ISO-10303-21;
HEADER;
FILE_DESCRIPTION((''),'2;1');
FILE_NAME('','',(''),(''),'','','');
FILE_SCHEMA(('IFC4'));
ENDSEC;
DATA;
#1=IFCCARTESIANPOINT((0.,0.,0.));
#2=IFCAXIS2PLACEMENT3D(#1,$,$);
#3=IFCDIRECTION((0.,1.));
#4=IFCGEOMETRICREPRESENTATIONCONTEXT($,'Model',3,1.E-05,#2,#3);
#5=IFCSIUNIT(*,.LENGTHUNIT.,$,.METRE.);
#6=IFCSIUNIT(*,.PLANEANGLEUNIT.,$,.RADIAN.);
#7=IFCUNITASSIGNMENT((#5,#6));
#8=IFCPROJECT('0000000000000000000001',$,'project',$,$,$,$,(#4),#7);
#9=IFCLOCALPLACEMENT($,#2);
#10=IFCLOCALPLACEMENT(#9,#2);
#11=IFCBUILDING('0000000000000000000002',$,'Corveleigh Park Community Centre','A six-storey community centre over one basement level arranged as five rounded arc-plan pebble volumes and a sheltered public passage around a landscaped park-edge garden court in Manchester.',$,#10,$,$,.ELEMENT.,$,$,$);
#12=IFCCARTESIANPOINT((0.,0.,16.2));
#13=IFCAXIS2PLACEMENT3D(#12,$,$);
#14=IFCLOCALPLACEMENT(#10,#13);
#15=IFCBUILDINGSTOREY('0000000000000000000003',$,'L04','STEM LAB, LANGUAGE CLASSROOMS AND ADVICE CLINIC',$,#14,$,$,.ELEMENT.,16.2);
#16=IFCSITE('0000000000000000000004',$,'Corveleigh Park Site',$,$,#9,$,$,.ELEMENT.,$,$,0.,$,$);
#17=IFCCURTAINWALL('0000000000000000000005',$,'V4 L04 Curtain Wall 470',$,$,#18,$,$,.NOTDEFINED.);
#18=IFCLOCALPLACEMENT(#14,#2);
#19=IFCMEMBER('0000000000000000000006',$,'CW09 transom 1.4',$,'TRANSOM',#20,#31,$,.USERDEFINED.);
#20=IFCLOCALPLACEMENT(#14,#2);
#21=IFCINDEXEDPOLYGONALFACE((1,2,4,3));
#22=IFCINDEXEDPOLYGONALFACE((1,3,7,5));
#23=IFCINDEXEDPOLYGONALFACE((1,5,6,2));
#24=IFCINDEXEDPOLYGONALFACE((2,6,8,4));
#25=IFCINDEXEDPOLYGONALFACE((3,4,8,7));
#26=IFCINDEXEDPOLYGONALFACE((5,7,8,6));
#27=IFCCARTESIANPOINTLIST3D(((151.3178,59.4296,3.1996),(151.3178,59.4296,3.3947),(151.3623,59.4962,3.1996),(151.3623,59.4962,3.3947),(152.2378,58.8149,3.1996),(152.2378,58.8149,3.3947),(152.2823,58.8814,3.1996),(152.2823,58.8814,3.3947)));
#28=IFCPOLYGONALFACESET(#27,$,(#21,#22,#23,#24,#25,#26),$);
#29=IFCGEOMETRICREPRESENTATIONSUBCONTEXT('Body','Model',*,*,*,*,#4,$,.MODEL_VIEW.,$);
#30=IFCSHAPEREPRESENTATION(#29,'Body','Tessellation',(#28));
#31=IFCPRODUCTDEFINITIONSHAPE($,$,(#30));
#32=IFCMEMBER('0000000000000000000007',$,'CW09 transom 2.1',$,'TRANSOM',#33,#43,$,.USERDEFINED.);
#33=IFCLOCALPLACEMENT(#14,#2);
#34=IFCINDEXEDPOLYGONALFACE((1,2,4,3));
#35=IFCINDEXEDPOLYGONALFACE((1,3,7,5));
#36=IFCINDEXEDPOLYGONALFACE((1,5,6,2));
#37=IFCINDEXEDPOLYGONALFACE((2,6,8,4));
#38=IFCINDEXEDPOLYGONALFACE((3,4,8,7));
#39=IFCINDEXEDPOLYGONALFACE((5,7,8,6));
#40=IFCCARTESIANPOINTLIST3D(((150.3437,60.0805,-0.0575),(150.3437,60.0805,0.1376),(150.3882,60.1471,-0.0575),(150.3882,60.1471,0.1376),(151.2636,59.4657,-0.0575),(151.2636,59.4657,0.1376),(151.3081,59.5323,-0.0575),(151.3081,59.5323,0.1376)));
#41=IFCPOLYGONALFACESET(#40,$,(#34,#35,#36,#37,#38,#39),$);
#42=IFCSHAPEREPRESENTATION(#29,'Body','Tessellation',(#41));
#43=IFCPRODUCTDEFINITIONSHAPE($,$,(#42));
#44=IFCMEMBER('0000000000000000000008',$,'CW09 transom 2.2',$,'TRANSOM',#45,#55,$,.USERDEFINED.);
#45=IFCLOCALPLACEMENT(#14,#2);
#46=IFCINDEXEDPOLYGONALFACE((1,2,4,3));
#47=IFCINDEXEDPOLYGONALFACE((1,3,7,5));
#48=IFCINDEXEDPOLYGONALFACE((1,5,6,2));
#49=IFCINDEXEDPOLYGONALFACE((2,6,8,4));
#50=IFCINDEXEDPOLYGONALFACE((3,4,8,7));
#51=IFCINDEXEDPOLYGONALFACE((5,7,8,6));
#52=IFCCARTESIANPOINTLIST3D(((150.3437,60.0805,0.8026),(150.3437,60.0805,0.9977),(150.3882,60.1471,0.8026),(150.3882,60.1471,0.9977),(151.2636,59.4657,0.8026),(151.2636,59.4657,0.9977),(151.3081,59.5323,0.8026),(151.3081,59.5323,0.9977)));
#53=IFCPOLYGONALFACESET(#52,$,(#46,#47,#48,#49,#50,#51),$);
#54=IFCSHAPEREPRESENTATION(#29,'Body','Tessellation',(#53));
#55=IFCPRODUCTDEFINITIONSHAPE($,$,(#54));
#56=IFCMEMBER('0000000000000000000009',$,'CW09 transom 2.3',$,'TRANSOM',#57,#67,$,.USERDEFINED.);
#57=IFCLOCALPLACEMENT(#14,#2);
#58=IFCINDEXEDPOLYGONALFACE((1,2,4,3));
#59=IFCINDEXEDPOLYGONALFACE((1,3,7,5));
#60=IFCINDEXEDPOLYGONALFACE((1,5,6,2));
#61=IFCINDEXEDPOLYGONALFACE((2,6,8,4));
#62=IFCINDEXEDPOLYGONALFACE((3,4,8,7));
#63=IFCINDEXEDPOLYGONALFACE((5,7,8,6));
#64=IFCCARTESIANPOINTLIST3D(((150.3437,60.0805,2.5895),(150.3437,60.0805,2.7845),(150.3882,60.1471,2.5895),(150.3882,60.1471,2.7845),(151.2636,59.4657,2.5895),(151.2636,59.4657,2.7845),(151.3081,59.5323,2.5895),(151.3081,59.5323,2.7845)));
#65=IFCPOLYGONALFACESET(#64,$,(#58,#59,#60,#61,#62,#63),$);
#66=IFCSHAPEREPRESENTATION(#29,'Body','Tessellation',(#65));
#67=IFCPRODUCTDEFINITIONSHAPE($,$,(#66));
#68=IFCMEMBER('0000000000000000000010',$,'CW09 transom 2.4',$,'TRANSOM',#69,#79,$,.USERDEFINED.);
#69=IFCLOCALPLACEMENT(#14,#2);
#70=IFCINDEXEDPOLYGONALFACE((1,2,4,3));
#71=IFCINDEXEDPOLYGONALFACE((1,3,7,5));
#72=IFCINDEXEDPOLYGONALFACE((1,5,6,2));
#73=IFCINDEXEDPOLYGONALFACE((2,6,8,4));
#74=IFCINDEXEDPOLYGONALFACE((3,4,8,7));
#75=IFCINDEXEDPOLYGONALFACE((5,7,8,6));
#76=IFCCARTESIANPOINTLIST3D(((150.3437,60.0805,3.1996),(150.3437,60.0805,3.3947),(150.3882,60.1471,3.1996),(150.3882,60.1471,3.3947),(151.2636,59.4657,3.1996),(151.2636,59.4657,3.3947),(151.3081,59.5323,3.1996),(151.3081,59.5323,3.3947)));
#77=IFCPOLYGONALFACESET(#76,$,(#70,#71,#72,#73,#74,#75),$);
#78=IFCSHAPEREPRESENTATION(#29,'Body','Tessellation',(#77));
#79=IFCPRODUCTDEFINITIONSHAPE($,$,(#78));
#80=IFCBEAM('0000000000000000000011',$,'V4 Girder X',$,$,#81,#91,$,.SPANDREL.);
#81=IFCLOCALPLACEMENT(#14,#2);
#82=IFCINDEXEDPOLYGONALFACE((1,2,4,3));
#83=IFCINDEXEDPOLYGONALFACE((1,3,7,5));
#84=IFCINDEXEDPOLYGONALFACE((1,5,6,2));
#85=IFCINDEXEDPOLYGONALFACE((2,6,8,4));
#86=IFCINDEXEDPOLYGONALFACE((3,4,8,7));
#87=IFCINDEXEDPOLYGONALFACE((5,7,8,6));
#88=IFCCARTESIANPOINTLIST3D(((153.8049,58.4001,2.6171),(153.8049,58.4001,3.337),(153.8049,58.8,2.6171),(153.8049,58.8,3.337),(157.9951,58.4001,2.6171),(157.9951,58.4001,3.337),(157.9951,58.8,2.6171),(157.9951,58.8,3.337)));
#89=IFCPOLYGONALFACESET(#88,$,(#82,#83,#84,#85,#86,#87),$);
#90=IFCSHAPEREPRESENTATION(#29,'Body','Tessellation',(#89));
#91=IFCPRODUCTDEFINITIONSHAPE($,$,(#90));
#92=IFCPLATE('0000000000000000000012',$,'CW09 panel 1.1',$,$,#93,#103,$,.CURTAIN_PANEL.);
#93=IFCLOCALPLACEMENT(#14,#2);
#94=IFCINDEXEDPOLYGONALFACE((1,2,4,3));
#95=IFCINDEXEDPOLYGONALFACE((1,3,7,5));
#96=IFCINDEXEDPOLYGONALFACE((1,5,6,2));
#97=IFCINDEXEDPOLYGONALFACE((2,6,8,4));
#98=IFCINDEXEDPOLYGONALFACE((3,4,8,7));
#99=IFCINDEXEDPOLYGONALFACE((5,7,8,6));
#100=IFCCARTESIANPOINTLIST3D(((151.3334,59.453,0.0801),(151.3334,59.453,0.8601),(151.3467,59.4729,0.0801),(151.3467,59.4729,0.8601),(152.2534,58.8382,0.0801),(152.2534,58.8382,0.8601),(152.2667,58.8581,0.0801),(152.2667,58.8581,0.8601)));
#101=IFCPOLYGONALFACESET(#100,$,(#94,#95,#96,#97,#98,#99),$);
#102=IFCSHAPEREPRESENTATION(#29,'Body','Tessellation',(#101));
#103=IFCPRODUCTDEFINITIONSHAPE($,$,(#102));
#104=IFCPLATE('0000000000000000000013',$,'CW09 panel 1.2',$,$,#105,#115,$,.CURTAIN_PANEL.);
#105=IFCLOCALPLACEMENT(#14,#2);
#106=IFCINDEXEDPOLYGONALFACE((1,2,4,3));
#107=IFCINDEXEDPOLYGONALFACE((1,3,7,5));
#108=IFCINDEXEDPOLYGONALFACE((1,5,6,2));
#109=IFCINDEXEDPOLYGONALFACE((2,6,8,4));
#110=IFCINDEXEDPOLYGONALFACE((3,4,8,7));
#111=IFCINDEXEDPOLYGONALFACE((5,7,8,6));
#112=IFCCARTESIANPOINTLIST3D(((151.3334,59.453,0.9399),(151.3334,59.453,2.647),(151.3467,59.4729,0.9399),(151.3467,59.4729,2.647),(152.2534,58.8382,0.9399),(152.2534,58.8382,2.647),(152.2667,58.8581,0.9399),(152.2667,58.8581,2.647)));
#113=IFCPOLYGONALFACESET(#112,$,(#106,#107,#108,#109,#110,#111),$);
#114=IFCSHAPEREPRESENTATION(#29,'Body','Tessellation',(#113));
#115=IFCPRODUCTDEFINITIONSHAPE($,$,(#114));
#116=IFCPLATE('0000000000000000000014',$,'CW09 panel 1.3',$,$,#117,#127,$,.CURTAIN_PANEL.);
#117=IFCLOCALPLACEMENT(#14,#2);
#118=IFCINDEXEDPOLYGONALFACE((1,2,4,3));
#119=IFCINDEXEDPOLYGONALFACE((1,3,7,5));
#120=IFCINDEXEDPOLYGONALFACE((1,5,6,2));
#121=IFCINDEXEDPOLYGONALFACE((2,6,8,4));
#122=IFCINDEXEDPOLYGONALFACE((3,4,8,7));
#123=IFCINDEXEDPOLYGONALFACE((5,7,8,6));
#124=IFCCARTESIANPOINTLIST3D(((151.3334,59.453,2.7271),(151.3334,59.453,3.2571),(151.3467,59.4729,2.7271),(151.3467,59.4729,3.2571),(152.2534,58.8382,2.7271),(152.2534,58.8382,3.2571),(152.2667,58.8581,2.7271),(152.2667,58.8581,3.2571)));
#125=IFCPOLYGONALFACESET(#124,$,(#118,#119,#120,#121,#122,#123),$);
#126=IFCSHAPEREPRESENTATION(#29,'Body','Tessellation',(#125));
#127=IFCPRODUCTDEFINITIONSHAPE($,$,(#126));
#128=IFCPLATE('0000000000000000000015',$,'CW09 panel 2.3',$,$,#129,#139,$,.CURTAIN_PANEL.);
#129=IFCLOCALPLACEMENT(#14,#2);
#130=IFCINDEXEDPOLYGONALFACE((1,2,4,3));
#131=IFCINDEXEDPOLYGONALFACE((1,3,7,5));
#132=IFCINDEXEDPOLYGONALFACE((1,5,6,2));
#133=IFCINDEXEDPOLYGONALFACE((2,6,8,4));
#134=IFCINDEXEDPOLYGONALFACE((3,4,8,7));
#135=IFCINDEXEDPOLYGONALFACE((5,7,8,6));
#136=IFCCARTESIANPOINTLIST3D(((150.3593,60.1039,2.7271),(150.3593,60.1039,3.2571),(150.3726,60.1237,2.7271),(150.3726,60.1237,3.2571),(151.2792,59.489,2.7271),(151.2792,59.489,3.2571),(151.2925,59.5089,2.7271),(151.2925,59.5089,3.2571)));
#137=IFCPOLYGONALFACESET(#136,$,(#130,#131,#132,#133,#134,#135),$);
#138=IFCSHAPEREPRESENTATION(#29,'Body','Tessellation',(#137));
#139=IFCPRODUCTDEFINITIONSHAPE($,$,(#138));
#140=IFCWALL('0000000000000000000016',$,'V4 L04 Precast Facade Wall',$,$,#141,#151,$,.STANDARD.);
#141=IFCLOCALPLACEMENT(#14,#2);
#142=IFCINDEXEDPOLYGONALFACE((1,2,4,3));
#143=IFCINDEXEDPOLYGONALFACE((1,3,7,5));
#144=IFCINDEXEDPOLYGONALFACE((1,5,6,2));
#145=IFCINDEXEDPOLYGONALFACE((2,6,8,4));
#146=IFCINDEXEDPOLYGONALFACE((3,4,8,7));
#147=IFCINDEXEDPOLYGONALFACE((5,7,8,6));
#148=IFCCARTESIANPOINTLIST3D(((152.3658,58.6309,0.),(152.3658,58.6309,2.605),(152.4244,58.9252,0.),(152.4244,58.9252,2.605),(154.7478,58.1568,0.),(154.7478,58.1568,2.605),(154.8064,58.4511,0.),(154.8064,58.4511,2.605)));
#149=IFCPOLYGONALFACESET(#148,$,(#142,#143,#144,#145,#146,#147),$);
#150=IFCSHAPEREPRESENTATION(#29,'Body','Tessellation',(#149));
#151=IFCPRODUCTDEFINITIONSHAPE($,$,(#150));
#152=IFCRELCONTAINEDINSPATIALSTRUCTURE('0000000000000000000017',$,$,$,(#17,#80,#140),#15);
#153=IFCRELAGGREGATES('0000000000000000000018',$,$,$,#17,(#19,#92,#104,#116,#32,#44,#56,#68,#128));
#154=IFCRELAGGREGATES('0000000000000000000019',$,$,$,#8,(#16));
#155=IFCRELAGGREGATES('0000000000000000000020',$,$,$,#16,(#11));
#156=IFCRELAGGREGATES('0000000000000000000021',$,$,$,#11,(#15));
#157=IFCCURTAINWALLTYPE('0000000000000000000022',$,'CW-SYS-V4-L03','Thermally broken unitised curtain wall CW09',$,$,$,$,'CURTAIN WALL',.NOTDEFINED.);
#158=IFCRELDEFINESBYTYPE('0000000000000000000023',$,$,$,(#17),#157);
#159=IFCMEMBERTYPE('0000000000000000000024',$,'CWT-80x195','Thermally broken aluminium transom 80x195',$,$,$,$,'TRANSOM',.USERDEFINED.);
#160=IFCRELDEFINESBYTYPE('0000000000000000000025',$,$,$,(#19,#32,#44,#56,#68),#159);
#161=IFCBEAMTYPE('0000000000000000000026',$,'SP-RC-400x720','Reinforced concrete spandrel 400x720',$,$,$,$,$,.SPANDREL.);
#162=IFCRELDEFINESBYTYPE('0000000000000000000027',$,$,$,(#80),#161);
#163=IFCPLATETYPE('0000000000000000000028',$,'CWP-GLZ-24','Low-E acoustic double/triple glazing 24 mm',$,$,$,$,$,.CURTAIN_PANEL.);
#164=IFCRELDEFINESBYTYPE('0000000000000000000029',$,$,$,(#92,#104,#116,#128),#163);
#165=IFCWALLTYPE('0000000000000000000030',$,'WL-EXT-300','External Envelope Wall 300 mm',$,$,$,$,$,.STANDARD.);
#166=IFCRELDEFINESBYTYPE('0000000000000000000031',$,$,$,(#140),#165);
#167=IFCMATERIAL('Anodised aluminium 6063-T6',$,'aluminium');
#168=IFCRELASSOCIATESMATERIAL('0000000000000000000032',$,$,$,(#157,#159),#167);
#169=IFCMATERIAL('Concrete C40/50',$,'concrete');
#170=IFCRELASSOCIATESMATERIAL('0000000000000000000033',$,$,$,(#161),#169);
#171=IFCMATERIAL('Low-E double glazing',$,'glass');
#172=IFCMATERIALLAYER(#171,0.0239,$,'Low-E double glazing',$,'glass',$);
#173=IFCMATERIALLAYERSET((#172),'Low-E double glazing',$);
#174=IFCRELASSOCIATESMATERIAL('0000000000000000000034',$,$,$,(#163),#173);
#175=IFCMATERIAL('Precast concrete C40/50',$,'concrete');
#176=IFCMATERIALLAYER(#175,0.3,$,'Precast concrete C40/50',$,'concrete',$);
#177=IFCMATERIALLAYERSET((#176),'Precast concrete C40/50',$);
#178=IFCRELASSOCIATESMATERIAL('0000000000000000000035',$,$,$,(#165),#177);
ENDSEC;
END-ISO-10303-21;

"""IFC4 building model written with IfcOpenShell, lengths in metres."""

from ifc_helpers import new_model, si_unit, direction, frame, frame_2d, origin, origin_2d, place, context, subcontext, project, spatial, rectangle, extrude, material, layer, layer_set, material_profile, profile_set, type_object, element, aggregate, save


model = new_model("IFC4")

# Units and contexts
model_context = context("Model", 3, precision=1e-05, world=origin(), true_north=direction((0.0, 1.0)))
body_context = subcontext(model_context, "Body", "Model", "MODEL_VIEW")
ifc_project = project(units=[si_unit("LENGTHUNIT", "METRE"), si_unit("PLANEANGLEUNIT", "RADIAN")], contexts=[model_context])

# Site, building, storey
site_placement = place(None, origin())
site = spatial("IfcSite", under=ifc_project, at=site_placement, Name="Corveleigh Park Site", CompositionType="ELEMENT", RefElevation=0.0)
building_placement = place(site_placement, origin())
building = spatial("IfcBuilding", under=site, at=building_placement, Name="Corveleigh Park Community Centre", Description="A six-storey community centre over one basement level arranged as five rounded arc-plan pebble volumes and a sheltered public passage around a landscaped park-edge garden court in Manchester.", CompositionType="ELEMENT")
storey_placement = place(building_placement, frame((0.0, 0.0, 16.2)))
storey = spatial("IfcBuildingStorey", under=building, at=storey_placement, Name="L04", Description="STEM LAB, LANGUAGE CLASSROOMS AND ADVICE CLINIC", CompositionType="ELEMENT", Elevation=16.2)

# Shared definitions
ifc_material_1 = material(Name="Anodised aluminium 6063-T6", Category="aluminium")
curtain_wall_type = type_object("IfcCurtainWallType", Name="CW-SYS-V4-L03", Description="Thermally broken unitised curtain wall CW09", ElementType="CURTAIN WALL", PredefinedType="NOTDEFINED", material=ifc_material_1)

# Curtain wall, members
curtain_wall_1_placement = place(storey_placement, origin())
curtain_wall_1 = element("IfcCurtainWall", 1, at=curtain_wall_1_placement, inside=storey, type_object=curtain_wall_type, Name="V4 L04 Curtain Wall 470", PredefinedType="NOTDEFINED")
ifc_material_profile_1 = material_profile(ifc_material_1, rectangle(XDim=0.0801, YDim=0.1951, at=origin_2d()), Name="ALU-T80x195", Category="aluminium")
ifc_profile_set_1 = profile_set([ifc_material_profile_1], Name="Anodised aluminium 6063-T6")
member_type_1 = type_object("IfcMemberType", Name="CWT-80x195", Description="Thermally broken aluminium transom 80x195", ElementType="TRANSOM", PredefinedType="USERDEFINED", material=ifc_profile_set_1)
member_1_placement = place(storey_placement, frame((152.26, 58.8481, 3.2971), z_axis=(-0.831439, 0.555616, 0.0), x_axis=(-0.555616, -0.831439, 0.0)))
member_1 = element("IfcMember", 2, at=member_1_placement, type_object=member_type_1, Name="CW09 transom 1.4", ObjectType="TRANSOM", PredefinedType="USERDEFINED", context=body_context, shape_type="SweptSolid", body=[
    extrude(rectangle(XDim=0.0801, YDim=0.1951, at=origin_2d()), origin(), (0.0, 0.0, 1.0), 1.1064),
])
member_2_placement = place(storey_placement, frame((151.2859, 59.499, 0.04), z_axis=(-0.831439, 0.555616, 0.0), x_axis=(-0.555616, -0.831439, 0.0)))
member_2 = element("IfcMember", 3, at=member_2_placement, type_object=member_type_1, Name="CW09 transom 2.1", ObjectType="TRANSOM", PredefinedType="USERDEFINED", context=body_context, shape_type="SweptSolid", body=[
    extrude(rectangle(XDim=0.0801, YDim=0.1951, at=origin_2d()), origin(), (0.0, 0.0, 1.0), 1.1064),
])
member_3_placement = place(storey_placement, frame((151.2859, 59.499, 0.9001), z_axis=(-0.831439, 0.555616, 0.0), x_axis=(-0.555616, -0.831439, 0.0)))
member_3 = element("IfcMember", 4, at=member_3_placement, type_object=member_type_1, Name="CW09 transom 2.2", ObjectType="TRANSOM", PredefinedType="USERDEFINED", context=body_context, shape_type="SweptSolid", body=[
    extrude(rectangle(XDim=0.0801, YDim=0.1951, at=origin_2d()), origin(), (0.0, 0.0, 1.0), 1.1064),
])
member_4_placement = place(storey_placement, frame((151.2859, 59.499, 2.687), z_axis=(-0.831439, 0.555616, 0.0), x_axis=(-0.555616, -0.831439, 0.0)))
member_4 = element("IfcMember", 5, at=member_4_placement, type_object=member_type_1, Name="CW09 transom 2.3", ObjectType="TRANSOM", PredefinedType="USERDEFINED", context=body_context, shape_type="SweptSolid", body=[
    extrude(rectangle(XDim=0.0801, YDim=0.1951, at=origin_2d()), origin(), (0.0, 0.0, 1.0), 1.1064),
])
member_5_placement = place(storey_placement, frame((151.2859, 59.499, 3.2971), z_axis=(-0.831439, 0.555616, 0.0), x_axis=(-0.555616, -0.831439, 0.0)))
member_5 = element("IfcMember", 6, at=member_5_placement, type_object=member_type_1, Name="CW09 transom 2.4", ObjectType="TRANSOM", PredefinedType="USERDEFINED", context=body_context, shape_type="SweptSolid", body=[
    extrude(rectangle(XDim=0.0801, YDim=0.1951, at=origin_2d()), origin(), (0.0, 0.0, 1.0), 1.1064),
])

# Beam
ifc_material_2 = material(Name="Concrete C40/50", Category="concrete")
ifc_material_profile_2 = material_profile(ifc_material_2, rectangle(XDim=0.3999, YDim=0.72, at=origin_2d()), Name="RC-400x720", Category="concrete")
ifc_profile_set_2 = profile_set([ifc_material_profile_2], Name="Concrete C40/50")
beam_type_1 = type_object("IfcBeamType", Name="SP-RC-400x720", Description="Reinforced concrete spandrel 400x720", PredefinedType="SPANDREL", material=ifc_profile_set_2)
beam_1_placement = place(storey_placement, frame((153.8049, 58.6001, 2.9771), z_axis=(1.0, 0.0, 0.0), x_axis=(0.0, 1.0, 0.0)))
element("IfcBeam", 7, at=beam_1_placement, inside=storey, type_object=beam_type_1, Name="V4 Girder X", PredefinedType="SPANDREL", context=body_context, shape_type="SweptSolid", body=[
    extrude(rectangle(XDim=0.3999, YDim=0.72, at=origin_2d()), origin(), (0.0, 0.0, 1.0), 4.1902),
])

# Plates
ifc_material_3 = material(Name="Low-E double glazing", Category="glass")
ifc_layer_1 = layer(ifc_material_3, 0.0239, Name="Low-E double glazing", Category="glass")
ifc_layer_set_1 = layer_set([ifc_layer_1], Name="Low-E double glazing")
plate_type = type_object("IfcPlateType", Name="CWP-GLZ-24", Description="Low-E acoustic double/triple glazing 24 mm", PredefinedType="CURTAIN_PANEL", material=ifc_layer_set_1)
plate_1_placement = place(storey_placement, frame((151.8, 59.1555, 0.0801), z_axis=(0.0, 0.0, 1.0), x_axis=(-0.831411, 0.555658, 0.0)))
plate_1 = element("IfcPlate", 8, at=plate_1_placement, type_object=plate_type, Name="CW09 panel 1.1", PredefinedType="CURTAIN_PANEL", context=body_context, shape_type="SweptSolid", body=[
    extrude(rectangle(XDim=1.1064, YDim=0.0239, at=origin_2d()), origin(), (0.0, 0.0, 1.0), 0.78),
])
plate_2_placement = place(storey_placement, frame((151.8, 59.1555, 0.9399), z_axis=(0.0, 0.0, 1.0), x_axis=(-0.831411, 0.555658, 0.0)))
plate_2 = element("IfcPlate", 9, at=plate_2_placement, type_object=plate_type, Name="CW09 panel 1.2", PredefinedType="CURTAIN_PANEL", context=body_context, shape_type="SweptSolid", body=[
    extrude(rectangle(XDim=1.1064, YDim=0.0239, at=origin_2d()), origin(), (0.0, 0.0, 1.0), 1.707),
])
plate_3_placement = place(storey_placement, frame((151.8, 59.1555, 2.7271), z_axis=(0.0, 0.0, 1.0), x_axis=(-0.831411, 0.555658, 0.0)))
plate_3 = element("IfcPlate", 10, at=plate_3_placement, type_object=plate_type, Name="CW09 panel 1.3", PredefinedType="CURTAIN_PANEL", context=body_context, shape_type="SweptSolid", body=[
    extrude(rectangle(XDim=1.1064, YDim=0.0239, at=origin_2d()), origin(), (0.0, 0.0, 1.0), 0.53),
])
plate_4_placement = place(storey_placement, frame((150.8259, 59.8064, 2.7271), z_axis=(0.0, 0.0, 1.0), x_axis=(-0.831411, 0.555658, 0.0)))
plate_4 = element("IfcPlate", 11, at=plate_4_placement, type_object=plate_type, Name="CW09 panel 2.3", PredefinedType="CURTAIN_PANEL", context=body_context, shape_type="SweptSolid", body=[
    extrude(rectangle(XDim=1.1064, YDim=0.0239, at=origin_2d()), origin(), (0.0, 0.0, 1.0), 0.53),
])
aggregate(curtain_wall_1, [member_1, plate_1, plate_2, plate_3, member_2, member_3, member_4, member_5, plate_4])

# Wall
ifc_material_4 = material(Name="Precast concrete C40/50", Category="concrete")
ifc_layer_2 = layer(ifc_material_4, 0.3, Name="Precast concrete C40/50", Category="concrete")
ifc_layer_set_2 = layer_set([ifc_layer_2], Name="Precast concrete C40/50")
wall_type = type_object("IfcWallType", Name="WL-EXT-300", Description="External Envelope Wall 300 mm", PredefinedType="STANDARD", material=ifc_layer_set_2)
wall_placement = place(storey_placement, frame((154.7771, 58.304, 0.0), z_axis=(0.0, 0.0, 1.0), x_axis=(-0.980762, 0.195208, 0.0)))
element("IfcWall", 12, at=wall_placement, inside=storey, type_object=wall_type, Name="V4 L04 Precast Facade Wall", PredefinedType="STANDARD", context=body_context, shape_type="SweptSolid", body=[
    extrude(rectangle(XDim=2.4287, YDim=0.3, at=frame_2d((1.2144, 0.0))), origin(), (0.0, 0.0, 1.0), 2.605),
])

save(model, "model.ifc")
